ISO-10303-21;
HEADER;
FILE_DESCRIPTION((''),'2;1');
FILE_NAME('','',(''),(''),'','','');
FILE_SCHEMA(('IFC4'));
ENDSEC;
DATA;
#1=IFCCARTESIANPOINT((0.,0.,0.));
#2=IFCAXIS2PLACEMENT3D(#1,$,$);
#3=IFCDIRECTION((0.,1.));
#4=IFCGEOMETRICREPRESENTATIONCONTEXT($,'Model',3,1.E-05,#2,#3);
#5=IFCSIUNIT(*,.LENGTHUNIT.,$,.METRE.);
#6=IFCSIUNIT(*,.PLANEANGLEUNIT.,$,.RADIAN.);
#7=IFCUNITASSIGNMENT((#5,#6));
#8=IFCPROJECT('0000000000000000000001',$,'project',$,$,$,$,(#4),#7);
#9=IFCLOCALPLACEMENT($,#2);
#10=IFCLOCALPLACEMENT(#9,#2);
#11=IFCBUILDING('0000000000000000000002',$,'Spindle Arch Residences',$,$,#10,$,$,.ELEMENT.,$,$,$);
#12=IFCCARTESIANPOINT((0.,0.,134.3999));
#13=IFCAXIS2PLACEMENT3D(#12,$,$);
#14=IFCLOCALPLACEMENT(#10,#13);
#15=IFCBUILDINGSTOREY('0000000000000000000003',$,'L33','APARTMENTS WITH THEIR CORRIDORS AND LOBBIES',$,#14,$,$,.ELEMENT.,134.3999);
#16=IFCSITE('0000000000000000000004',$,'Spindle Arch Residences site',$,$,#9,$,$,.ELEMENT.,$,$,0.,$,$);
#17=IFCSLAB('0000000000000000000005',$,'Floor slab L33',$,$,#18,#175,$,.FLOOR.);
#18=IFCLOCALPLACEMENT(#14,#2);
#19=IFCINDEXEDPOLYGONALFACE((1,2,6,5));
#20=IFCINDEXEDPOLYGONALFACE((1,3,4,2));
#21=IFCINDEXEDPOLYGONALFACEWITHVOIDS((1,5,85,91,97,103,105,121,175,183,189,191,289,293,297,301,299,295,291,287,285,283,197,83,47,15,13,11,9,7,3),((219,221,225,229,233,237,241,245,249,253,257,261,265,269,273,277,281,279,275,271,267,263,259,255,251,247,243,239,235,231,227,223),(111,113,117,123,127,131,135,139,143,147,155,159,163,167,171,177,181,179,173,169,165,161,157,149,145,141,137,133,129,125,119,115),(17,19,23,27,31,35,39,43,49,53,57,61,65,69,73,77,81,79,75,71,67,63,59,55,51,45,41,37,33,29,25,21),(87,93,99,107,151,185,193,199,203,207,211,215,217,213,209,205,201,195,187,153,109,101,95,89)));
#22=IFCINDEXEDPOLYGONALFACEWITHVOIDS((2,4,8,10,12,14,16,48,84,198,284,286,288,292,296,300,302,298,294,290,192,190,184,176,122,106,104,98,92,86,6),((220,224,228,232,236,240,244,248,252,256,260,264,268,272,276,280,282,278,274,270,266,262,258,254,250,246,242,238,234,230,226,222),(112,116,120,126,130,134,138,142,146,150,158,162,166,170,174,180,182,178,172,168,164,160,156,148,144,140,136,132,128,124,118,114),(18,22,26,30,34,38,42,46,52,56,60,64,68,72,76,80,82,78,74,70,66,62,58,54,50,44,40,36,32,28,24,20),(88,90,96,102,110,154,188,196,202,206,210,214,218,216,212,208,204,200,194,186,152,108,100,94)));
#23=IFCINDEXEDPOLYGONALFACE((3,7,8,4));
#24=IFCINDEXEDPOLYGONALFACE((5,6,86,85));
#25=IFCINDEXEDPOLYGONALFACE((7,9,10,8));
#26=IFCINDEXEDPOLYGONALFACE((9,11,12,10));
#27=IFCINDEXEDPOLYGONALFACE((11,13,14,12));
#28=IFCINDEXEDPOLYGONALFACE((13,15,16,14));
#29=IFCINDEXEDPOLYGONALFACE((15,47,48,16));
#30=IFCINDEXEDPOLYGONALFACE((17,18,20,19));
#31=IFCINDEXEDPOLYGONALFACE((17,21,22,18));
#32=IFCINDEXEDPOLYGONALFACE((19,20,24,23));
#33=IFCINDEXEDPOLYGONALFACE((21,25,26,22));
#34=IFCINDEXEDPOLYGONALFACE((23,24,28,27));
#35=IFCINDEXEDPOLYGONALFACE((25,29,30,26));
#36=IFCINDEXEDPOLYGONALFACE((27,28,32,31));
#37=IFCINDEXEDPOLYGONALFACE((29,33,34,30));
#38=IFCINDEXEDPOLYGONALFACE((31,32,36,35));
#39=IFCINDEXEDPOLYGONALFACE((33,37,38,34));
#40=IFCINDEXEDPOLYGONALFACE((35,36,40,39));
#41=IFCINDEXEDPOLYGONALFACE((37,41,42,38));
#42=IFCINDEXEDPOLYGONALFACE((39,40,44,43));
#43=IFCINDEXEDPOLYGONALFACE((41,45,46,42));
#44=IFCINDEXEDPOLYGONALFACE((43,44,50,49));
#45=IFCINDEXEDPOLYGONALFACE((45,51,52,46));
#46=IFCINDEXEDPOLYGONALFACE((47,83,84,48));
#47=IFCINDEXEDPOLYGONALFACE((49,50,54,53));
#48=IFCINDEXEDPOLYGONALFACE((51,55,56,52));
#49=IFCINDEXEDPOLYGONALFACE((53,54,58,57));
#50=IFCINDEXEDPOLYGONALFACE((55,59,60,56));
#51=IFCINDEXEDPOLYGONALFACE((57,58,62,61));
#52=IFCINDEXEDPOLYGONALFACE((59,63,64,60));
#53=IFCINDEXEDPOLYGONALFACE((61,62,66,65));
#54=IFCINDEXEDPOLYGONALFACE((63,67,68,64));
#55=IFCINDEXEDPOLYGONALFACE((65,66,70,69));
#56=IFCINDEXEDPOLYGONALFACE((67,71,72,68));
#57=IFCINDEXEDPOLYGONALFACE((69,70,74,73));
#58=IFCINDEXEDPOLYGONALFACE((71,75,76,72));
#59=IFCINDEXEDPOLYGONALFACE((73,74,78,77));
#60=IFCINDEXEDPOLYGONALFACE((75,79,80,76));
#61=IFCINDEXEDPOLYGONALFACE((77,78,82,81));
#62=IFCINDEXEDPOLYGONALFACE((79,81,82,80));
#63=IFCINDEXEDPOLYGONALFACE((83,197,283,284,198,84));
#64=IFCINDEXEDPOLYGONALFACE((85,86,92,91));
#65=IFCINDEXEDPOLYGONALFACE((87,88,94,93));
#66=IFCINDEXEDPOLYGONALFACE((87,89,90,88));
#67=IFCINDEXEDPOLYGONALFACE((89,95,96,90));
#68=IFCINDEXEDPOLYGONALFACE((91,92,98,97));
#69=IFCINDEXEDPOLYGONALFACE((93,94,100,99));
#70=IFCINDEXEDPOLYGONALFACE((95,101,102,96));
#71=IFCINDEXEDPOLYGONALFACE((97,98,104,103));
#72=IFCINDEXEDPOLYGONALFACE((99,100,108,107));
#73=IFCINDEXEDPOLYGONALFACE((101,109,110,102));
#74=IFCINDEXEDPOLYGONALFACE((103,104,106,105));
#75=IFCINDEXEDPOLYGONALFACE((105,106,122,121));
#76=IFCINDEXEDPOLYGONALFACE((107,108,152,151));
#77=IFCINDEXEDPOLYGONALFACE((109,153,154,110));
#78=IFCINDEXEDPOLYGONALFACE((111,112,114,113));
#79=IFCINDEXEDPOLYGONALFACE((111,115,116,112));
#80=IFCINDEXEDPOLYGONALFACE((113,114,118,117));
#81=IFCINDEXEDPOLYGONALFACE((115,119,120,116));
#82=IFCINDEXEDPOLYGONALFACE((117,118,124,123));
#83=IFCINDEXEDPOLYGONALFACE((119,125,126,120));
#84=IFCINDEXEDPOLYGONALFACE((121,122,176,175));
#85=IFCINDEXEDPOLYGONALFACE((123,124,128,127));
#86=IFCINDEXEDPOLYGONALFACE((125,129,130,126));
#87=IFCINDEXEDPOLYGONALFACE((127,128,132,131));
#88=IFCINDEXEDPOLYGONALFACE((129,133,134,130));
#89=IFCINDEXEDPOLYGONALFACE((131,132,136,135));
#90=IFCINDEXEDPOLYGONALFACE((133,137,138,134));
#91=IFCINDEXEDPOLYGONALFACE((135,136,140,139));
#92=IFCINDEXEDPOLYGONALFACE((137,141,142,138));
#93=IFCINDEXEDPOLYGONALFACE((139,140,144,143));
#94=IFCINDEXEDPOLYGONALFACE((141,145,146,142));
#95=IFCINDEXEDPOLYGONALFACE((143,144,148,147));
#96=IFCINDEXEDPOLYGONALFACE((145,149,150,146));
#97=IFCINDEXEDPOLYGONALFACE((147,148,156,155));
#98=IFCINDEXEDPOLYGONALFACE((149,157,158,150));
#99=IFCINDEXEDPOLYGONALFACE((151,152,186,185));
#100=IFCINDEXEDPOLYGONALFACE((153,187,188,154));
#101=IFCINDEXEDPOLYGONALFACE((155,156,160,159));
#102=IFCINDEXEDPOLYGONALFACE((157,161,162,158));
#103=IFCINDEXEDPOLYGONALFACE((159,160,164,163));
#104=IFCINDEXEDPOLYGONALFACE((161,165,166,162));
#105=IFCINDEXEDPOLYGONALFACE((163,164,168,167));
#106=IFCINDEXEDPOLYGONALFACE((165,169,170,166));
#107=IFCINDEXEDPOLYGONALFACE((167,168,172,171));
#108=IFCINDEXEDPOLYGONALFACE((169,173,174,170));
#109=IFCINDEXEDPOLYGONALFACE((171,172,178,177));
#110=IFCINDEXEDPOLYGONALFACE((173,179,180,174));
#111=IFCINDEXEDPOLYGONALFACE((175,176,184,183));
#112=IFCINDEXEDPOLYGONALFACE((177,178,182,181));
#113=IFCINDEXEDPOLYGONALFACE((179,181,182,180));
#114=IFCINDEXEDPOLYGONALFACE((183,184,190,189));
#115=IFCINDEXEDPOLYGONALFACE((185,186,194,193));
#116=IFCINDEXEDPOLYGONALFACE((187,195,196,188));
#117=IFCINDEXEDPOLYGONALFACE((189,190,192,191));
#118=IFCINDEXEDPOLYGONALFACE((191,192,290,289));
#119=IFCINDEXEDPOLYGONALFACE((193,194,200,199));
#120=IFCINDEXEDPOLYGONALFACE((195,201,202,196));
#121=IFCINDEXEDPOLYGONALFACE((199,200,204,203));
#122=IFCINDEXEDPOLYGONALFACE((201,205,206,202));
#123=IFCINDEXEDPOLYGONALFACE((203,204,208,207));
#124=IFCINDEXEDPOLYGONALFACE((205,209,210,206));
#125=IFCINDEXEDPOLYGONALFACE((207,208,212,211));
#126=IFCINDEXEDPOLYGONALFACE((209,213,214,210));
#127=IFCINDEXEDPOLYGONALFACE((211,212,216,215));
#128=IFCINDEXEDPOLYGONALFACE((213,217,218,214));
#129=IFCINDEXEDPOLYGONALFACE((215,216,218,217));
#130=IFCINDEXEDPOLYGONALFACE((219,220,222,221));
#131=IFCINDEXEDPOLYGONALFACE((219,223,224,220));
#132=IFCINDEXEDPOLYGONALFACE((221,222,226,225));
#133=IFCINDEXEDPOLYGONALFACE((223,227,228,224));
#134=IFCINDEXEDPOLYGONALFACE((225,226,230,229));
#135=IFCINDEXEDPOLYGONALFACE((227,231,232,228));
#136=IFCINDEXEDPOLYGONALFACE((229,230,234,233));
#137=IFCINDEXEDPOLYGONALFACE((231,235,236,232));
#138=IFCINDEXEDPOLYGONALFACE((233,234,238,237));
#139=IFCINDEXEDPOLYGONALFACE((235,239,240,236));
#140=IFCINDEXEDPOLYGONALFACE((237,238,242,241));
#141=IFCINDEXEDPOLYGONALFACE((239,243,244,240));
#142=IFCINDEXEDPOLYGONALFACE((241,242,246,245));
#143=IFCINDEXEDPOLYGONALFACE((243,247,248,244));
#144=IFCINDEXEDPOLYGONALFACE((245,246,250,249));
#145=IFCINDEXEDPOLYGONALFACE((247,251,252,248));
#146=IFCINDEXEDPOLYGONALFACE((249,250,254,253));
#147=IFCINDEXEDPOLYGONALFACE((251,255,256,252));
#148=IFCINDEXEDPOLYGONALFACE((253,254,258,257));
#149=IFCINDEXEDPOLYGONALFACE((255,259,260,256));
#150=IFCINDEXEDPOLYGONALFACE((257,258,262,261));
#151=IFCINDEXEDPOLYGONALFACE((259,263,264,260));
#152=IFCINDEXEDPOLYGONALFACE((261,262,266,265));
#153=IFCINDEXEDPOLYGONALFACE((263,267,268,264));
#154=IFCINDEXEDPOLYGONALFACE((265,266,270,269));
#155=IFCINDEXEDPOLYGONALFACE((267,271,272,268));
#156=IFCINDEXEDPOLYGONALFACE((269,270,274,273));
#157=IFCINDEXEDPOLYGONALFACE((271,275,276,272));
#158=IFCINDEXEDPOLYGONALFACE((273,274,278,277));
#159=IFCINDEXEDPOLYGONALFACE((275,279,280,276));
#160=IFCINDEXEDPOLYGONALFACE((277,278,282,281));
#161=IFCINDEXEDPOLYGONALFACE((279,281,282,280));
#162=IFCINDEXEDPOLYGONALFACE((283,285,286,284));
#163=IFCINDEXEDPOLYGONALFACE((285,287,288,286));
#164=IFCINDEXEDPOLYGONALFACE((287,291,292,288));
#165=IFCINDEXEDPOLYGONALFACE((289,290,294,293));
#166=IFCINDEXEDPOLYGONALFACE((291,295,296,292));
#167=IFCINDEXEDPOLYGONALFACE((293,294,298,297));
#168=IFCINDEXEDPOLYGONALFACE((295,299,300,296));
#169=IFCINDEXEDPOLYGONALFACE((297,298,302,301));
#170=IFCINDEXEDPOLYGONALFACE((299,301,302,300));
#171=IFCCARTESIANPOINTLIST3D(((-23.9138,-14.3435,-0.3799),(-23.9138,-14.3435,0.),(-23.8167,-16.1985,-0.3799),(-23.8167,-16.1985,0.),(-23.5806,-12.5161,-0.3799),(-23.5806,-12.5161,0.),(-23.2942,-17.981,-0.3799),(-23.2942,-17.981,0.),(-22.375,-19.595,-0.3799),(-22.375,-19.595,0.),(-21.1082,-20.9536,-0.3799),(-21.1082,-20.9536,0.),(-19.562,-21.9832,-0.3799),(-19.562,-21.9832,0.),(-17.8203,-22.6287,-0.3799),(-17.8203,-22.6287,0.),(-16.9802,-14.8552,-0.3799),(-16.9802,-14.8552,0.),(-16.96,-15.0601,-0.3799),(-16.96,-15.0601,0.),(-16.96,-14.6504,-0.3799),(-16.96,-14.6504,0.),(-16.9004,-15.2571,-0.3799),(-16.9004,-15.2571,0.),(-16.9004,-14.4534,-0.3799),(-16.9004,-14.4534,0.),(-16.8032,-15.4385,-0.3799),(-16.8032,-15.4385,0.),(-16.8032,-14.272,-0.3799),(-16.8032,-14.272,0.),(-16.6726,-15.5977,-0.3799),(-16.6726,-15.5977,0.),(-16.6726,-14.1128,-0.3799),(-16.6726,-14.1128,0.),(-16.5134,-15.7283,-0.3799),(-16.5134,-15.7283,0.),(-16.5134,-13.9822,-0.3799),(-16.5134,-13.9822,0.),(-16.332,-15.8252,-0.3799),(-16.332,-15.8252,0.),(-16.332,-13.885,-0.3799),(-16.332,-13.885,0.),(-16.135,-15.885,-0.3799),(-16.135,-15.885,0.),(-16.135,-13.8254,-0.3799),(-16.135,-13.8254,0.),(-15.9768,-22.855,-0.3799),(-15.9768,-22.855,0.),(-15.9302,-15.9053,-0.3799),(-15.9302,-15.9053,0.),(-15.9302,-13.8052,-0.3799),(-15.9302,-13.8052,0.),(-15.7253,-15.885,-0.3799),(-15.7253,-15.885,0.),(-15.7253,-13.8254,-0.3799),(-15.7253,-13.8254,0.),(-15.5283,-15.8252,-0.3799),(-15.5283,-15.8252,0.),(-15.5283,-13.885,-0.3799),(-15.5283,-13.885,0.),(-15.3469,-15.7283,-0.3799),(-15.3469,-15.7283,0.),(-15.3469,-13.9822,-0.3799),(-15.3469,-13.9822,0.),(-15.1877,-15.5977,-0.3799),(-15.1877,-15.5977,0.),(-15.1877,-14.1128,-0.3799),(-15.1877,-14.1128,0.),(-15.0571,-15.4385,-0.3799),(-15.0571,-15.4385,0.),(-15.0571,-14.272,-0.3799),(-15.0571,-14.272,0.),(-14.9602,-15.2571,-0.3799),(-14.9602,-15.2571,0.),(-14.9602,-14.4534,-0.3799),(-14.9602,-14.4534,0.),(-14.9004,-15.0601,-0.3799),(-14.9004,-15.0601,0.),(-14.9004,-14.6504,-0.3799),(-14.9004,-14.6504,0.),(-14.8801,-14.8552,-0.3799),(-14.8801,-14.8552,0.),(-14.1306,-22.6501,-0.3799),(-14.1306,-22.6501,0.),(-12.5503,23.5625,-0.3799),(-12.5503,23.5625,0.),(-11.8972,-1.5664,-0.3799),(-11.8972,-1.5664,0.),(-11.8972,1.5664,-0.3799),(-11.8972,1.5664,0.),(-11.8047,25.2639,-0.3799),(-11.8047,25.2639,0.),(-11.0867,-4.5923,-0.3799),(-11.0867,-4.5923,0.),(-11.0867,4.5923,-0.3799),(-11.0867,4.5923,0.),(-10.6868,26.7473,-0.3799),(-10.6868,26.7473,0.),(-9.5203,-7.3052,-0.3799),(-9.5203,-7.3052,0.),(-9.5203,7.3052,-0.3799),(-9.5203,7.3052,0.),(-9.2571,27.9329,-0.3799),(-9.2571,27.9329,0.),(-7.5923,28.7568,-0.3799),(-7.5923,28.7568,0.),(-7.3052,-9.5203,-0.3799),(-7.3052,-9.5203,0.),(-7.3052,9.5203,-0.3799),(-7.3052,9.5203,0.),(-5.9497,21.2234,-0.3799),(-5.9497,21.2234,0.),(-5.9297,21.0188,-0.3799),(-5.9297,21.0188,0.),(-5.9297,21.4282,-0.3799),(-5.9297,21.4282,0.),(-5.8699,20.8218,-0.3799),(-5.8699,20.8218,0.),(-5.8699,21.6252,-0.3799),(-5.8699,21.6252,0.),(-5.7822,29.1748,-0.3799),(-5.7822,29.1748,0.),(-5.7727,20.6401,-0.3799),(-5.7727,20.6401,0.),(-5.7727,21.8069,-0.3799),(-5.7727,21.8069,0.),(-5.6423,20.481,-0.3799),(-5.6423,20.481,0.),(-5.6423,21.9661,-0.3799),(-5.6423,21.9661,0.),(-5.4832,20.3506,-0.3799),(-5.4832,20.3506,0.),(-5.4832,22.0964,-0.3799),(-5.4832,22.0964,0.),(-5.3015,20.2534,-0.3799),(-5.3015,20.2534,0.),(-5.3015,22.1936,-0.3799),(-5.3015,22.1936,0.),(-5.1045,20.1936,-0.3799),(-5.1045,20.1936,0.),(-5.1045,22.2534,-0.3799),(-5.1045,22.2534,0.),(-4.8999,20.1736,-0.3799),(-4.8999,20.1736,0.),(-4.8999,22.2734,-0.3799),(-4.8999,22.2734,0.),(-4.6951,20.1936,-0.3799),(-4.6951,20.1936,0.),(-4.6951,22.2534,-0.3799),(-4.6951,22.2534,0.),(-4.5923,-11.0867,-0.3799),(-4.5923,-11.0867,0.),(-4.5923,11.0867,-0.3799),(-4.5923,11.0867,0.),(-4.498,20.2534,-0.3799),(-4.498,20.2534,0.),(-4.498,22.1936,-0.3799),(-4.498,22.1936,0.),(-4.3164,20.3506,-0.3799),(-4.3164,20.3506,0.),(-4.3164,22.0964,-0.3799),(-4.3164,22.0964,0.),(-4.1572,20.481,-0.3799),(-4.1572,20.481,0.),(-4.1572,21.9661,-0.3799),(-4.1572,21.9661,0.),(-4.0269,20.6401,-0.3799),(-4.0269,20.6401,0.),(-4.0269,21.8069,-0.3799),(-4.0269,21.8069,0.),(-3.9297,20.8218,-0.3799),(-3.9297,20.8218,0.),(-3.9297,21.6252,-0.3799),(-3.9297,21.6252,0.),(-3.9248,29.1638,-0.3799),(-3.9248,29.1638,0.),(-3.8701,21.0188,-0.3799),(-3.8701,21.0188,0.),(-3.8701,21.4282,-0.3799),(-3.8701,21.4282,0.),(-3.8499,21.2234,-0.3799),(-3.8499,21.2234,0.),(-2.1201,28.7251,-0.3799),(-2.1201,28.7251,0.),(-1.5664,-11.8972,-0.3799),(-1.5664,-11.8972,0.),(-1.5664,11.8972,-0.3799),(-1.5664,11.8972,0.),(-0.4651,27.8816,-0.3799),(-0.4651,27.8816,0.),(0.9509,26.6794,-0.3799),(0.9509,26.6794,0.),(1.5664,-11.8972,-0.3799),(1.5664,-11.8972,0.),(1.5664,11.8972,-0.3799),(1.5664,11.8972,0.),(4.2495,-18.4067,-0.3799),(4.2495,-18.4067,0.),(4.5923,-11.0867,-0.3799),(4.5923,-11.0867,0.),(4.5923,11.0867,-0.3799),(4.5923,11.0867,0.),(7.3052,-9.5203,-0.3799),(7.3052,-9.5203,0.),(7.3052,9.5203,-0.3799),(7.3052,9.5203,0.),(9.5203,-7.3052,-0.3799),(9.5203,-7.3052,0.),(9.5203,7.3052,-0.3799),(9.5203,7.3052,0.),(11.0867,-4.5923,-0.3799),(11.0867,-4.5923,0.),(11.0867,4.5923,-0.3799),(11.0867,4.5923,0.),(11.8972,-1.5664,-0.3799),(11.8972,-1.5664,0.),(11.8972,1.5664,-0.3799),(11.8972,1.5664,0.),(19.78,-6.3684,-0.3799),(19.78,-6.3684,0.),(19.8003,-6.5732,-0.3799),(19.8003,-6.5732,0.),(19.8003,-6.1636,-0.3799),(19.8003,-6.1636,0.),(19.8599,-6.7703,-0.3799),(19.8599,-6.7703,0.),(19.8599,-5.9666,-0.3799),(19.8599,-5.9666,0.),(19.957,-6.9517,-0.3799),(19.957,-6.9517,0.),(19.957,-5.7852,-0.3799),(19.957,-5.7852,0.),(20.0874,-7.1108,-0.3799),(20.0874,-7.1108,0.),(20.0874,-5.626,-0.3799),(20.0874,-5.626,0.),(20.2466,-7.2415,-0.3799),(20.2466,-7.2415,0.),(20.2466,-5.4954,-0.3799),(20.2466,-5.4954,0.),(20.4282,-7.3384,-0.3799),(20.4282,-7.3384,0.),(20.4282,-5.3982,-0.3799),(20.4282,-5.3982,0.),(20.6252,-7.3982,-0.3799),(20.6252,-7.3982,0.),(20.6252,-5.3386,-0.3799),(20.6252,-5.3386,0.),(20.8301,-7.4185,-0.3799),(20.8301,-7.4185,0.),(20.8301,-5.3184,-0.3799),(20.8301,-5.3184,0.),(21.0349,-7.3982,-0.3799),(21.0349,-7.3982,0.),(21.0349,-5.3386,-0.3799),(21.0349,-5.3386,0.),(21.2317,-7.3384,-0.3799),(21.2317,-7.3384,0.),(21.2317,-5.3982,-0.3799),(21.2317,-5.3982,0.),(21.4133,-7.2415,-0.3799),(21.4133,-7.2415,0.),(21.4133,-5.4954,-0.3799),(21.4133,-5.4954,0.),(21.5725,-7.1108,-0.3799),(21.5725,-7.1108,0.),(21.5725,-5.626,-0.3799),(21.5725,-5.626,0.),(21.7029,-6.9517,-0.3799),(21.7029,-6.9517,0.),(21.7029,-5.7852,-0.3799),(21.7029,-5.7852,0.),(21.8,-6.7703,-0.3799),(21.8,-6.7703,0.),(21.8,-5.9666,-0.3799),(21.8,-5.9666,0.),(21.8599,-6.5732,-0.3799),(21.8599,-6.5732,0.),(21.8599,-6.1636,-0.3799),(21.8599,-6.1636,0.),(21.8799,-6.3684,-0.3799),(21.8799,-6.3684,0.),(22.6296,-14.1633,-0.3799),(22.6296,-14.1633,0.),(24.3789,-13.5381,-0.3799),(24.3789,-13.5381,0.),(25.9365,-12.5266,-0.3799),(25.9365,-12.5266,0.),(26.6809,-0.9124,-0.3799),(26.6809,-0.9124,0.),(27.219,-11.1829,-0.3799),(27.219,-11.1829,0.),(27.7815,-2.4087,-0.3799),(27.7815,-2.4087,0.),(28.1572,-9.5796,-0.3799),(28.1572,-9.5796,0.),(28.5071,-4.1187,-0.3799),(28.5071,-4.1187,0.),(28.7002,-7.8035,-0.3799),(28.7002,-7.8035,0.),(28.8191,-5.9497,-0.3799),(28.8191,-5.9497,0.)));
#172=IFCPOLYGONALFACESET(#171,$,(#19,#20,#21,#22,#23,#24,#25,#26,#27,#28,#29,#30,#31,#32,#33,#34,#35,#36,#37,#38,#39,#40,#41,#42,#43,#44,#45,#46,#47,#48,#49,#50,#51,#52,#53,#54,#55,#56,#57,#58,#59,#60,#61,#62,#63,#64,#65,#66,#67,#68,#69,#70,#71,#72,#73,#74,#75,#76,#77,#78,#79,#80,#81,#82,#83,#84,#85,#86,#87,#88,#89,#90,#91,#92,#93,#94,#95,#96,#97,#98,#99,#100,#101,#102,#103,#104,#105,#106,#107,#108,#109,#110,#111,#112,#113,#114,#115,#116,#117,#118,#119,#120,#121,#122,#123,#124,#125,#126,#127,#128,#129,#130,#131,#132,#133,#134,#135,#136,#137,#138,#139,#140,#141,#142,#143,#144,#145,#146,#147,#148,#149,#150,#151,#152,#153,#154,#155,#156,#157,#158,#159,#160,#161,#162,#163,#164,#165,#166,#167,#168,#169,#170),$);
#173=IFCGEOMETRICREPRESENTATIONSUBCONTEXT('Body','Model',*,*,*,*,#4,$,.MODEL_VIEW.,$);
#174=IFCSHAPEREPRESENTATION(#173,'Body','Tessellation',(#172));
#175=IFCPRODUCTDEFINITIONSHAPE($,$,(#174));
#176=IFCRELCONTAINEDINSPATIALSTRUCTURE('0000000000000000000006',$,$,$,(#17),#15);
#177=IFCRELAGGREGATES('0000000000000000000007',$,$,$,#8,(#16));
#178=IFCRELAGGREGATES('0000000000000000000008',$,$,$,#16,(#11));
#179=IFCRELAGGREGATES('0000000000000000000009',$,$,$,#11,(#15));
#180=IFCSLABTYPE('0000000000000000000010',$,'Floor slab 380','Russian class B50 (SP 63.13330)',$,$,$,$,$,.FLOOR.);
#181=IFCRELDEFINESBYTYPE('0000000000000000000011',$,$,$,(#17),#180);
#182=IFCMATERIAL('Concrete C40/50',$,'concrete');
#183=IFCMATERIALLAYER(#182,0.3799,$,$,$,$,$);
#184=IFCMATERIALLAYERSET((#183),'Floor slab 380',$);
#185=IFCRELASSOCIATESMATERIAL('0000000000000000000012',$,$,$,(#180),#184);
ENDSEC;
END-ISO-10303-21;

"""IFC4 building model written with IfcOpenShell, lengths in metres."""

from ifc_helpers import new_model, si_unit, direction, frame, origin, place, context, subcontext, project, spatial, polyline, outline, extrude, material, layer, layer_set, type_object, element, save


model = new_model("IFC4")

# Units and contexts
model_context = context("Model", 3, precision=1e-05, world=origin(), true_north=direction((0.0, 1.0)))
body_context = subcontext(model_context, "Body", "Model", "MODEL_VIEW")
ifc_project = project(units=[si_unit("LENGTHUNIT", "METRE"), si_unit("PLANEANGLEUNIT", "RADIAN")], contexts=[model_context])

# Site, building, storey
site_placement = place(None, origin())
site = spatial("IfcSite", under=ifc_project, at=site_placement, Name="Spindle Arch Residences site", CompositionType="ELEMENT", RefElevation=0.0)
building_placement = place(site_placement, origin())
building = spatial("IfcBuilding", under=site, at=building_placement, Name="Spindle Arch Residences", CompositionType="ELEMENT")
storey_placement = place(building_placement, frame((0.0, 0.0, 134.3999)))
storey = spatial("IfcBuildingStorey", under=building, at=storey_placement, Name="L33", Description="APARTMENTS WITH THEIR CORRIDORS AND LOBBIES", CompositionType="ELEMENT", Elevation=134.3999)

# Slab
ifc_material_1 = material(Name="Concrete C40/50", Category="concrete")
ifc_layer_1 = layer(ifc_material_1, 0.3799)
ifc_layer_set_1 = layer_set([ifc_layer_1], Name="Floor slab 380")
slab_type_1 = type_object("IfcSlabType", Name="Floor slab 380", Description="Russian class B50 (SP 63.13330)", PredefinedType="FLOOR", material=ifc_layer_set_1)
slab_1_placement = place(storey_placement, frame((0.0, 0.0, -0.3799)))
element("IfcSlab", 1, at=slab_1_placement, inside=storey, type_object=slab_type_1, Name="Floor slab L33", PredefinedType="FLOOR", context=body_context, shape_type="SweptSolid", body=[
    extrude(outline(polyline([(-15.9768, -22.855), (-17.8203, -22.6287), (-19.562, -21.9832), (-21.1082, -20.9536), (-22.375, -19.595), (-23.2942, -17.981), (-23.8167, -16.1985), (-23.9138, -14.3435), (-23.5806, -12.5161), (-12.5503, 23.5625), (-11.8047, 25.2639), (-10.6868, 26.7473), (-9.2571, 27.9329), (-7.5923, 28.7568), (-5.7822, 29.1748), (-3.9248, 29.1638), (-2.1201, 28.7251), (-0.4651, 27.8816), (0.9509, 26.6794), (26.6809, -0.9124), (27.7815, -2.4087), (28.5071, -4.1187), (28.8191, -5.9497), (28.7002, -7.8035), (28.1572, -9.5796), (27.219, -11.1829), (25.9365, -12.5266), (24.3789, -13.5381), (22.6296, -14.1633), (4.2495, -18.4067), (-14.1306, -22.6501), (-15.9768, -22.855)]), holes=[polyline([(7.3052, -9.5203), (9.5203, -7.3052), (11.0867, -4.5923), (11.8972, -1.5664), (11.8972, 1.5664), (11.0867, 4.5923), (9.5203, 7.3052), (7.3052, 9.5203), (4.5923, 11.0867), (1.5664, 11.8972), (-1.5664, 11.8972), (-4.5923, 11.0867), (-7.3052, 9.5203), (-9.5203, 7.3052), (-11.0867, 4.5923), (-11.8972, 1.5664), (-11.8972, -1.5664), (-11.0867, -4.5923), (-9.5203, -7.3052), (-7.3052, -9.5203), (-4.5923, -11.0867), (-1.5664, -11.8972), (1.5664, -11.8972), (4.5923, -11.0867), (7.3052, -9.5203)]), polyline([(-15.1877, -15.5977), (-15.0571, -15.4385), (-14.9602, -15.2571), (-14.9004, -15.0601), (-14.8801, -14.8552), (-14.9004, -14.6504), (-14.9602, -14.4534), (-15.0571, -14.272), (-15.1877, -14.1128), (-15.3469, -13.9822), (-15.5283, -13.885), (-15.7253, -13.8254), (-15.9302, -13.8052), (-16.135, -13.8254), (-16.332, -13.885), (-16.5134, -13.9822), (-16.6726, -14.1128), (-16.8032, -14.272), (-16.9004, -14.4534), (-16.96, -14.6504), (-16.9802, -14.8552), (-16.96, -15.0601), (-16.9004, -15.2571), (-16.8032, -15.4385), (-16.6726, -15.5977), (-16.5134, -15.7283), (-16.332, -15.8252), (-16.135, -15.885), (-15.9302, -15.9053), (-15.7253, -15.885), (-15.5283, -15.8252), (-15.3469, -15.7283), (-15.1877, -15.5977)]), polyline([(-4.0269, 20.6401), (-3.9297, 20.8218), (-3.8701, 21.0188), (-3.8499, 21.2234), (-3.8701, 21.4282), (-3.9297, 21.6252), (-4.0269, 21.8069), (-4.1572, 21.9661), (-4.3164, 22.0964), (-4.498, 22.1936), (-4.6951, 22.2534), (-4.8999, 22.2734), (-5.1045, 22.2534), (-5.3015, 22.1936), (-5.4832, 22.0964), (-5.6423, 21.9661), (-5.7727, 21.8069), (-5.8699, 21.6252), (-5.9297, 21.4282), (-5.9497, 21.2234), (-5.9297, 21.0188), (-5.8699, 20.8218), (-5.7727, 20.6401), (-5.6423, 20.481), (-5.4832, 20.3506), (-5.3015, 20.2534), (-5.1045, 20.1936), (-4.8999, 20.1736), (-4.6951, 20.1936), (-4.498, 20.2534), (-4.3164, 20.3506), (-4.1572, 20.481), (-4.0269, 20.6401)]), polyline([(21.7029, -6.9517), (21.8, -6.7703), (21.8599, -6.5732), (21.8799, -6.3684), (21.8599, -6.1636), (21.8, -5.9666), (21.7029, -5.7852), (21.5725, -5.626), (21.4133, -5.4954), (21.2317, -5.3982), (21.0349, -5.3386), (20.8301, -5.3184), (20.6252, -5.3386), (20.4282, -5.3982), (20.2466, -5.4954), (20.0874, -5.626), (19.957, -5.7852), (19.8599, -5.9666), (19.8003, -6.1636), (19.78, -6.3684), (19.8003, -6.5732), (19.8599, -6.7703), (19.957, -6.9517), (20.0874, -7.1108), (20.2466, -7.2415), (20.4282, -7.3384), (20.6252, -7.3982), (20.8301, -7.4185), (21.0349, -7.3982), (21.2317, -7.3384), (21.4133, -7.2415), (21.5725, -7.1108), (21.7029, -6.9517)])]), origin(), (0.0, 0.0, 1.0), 0.3799),
])

save(model, "model.ifc")
